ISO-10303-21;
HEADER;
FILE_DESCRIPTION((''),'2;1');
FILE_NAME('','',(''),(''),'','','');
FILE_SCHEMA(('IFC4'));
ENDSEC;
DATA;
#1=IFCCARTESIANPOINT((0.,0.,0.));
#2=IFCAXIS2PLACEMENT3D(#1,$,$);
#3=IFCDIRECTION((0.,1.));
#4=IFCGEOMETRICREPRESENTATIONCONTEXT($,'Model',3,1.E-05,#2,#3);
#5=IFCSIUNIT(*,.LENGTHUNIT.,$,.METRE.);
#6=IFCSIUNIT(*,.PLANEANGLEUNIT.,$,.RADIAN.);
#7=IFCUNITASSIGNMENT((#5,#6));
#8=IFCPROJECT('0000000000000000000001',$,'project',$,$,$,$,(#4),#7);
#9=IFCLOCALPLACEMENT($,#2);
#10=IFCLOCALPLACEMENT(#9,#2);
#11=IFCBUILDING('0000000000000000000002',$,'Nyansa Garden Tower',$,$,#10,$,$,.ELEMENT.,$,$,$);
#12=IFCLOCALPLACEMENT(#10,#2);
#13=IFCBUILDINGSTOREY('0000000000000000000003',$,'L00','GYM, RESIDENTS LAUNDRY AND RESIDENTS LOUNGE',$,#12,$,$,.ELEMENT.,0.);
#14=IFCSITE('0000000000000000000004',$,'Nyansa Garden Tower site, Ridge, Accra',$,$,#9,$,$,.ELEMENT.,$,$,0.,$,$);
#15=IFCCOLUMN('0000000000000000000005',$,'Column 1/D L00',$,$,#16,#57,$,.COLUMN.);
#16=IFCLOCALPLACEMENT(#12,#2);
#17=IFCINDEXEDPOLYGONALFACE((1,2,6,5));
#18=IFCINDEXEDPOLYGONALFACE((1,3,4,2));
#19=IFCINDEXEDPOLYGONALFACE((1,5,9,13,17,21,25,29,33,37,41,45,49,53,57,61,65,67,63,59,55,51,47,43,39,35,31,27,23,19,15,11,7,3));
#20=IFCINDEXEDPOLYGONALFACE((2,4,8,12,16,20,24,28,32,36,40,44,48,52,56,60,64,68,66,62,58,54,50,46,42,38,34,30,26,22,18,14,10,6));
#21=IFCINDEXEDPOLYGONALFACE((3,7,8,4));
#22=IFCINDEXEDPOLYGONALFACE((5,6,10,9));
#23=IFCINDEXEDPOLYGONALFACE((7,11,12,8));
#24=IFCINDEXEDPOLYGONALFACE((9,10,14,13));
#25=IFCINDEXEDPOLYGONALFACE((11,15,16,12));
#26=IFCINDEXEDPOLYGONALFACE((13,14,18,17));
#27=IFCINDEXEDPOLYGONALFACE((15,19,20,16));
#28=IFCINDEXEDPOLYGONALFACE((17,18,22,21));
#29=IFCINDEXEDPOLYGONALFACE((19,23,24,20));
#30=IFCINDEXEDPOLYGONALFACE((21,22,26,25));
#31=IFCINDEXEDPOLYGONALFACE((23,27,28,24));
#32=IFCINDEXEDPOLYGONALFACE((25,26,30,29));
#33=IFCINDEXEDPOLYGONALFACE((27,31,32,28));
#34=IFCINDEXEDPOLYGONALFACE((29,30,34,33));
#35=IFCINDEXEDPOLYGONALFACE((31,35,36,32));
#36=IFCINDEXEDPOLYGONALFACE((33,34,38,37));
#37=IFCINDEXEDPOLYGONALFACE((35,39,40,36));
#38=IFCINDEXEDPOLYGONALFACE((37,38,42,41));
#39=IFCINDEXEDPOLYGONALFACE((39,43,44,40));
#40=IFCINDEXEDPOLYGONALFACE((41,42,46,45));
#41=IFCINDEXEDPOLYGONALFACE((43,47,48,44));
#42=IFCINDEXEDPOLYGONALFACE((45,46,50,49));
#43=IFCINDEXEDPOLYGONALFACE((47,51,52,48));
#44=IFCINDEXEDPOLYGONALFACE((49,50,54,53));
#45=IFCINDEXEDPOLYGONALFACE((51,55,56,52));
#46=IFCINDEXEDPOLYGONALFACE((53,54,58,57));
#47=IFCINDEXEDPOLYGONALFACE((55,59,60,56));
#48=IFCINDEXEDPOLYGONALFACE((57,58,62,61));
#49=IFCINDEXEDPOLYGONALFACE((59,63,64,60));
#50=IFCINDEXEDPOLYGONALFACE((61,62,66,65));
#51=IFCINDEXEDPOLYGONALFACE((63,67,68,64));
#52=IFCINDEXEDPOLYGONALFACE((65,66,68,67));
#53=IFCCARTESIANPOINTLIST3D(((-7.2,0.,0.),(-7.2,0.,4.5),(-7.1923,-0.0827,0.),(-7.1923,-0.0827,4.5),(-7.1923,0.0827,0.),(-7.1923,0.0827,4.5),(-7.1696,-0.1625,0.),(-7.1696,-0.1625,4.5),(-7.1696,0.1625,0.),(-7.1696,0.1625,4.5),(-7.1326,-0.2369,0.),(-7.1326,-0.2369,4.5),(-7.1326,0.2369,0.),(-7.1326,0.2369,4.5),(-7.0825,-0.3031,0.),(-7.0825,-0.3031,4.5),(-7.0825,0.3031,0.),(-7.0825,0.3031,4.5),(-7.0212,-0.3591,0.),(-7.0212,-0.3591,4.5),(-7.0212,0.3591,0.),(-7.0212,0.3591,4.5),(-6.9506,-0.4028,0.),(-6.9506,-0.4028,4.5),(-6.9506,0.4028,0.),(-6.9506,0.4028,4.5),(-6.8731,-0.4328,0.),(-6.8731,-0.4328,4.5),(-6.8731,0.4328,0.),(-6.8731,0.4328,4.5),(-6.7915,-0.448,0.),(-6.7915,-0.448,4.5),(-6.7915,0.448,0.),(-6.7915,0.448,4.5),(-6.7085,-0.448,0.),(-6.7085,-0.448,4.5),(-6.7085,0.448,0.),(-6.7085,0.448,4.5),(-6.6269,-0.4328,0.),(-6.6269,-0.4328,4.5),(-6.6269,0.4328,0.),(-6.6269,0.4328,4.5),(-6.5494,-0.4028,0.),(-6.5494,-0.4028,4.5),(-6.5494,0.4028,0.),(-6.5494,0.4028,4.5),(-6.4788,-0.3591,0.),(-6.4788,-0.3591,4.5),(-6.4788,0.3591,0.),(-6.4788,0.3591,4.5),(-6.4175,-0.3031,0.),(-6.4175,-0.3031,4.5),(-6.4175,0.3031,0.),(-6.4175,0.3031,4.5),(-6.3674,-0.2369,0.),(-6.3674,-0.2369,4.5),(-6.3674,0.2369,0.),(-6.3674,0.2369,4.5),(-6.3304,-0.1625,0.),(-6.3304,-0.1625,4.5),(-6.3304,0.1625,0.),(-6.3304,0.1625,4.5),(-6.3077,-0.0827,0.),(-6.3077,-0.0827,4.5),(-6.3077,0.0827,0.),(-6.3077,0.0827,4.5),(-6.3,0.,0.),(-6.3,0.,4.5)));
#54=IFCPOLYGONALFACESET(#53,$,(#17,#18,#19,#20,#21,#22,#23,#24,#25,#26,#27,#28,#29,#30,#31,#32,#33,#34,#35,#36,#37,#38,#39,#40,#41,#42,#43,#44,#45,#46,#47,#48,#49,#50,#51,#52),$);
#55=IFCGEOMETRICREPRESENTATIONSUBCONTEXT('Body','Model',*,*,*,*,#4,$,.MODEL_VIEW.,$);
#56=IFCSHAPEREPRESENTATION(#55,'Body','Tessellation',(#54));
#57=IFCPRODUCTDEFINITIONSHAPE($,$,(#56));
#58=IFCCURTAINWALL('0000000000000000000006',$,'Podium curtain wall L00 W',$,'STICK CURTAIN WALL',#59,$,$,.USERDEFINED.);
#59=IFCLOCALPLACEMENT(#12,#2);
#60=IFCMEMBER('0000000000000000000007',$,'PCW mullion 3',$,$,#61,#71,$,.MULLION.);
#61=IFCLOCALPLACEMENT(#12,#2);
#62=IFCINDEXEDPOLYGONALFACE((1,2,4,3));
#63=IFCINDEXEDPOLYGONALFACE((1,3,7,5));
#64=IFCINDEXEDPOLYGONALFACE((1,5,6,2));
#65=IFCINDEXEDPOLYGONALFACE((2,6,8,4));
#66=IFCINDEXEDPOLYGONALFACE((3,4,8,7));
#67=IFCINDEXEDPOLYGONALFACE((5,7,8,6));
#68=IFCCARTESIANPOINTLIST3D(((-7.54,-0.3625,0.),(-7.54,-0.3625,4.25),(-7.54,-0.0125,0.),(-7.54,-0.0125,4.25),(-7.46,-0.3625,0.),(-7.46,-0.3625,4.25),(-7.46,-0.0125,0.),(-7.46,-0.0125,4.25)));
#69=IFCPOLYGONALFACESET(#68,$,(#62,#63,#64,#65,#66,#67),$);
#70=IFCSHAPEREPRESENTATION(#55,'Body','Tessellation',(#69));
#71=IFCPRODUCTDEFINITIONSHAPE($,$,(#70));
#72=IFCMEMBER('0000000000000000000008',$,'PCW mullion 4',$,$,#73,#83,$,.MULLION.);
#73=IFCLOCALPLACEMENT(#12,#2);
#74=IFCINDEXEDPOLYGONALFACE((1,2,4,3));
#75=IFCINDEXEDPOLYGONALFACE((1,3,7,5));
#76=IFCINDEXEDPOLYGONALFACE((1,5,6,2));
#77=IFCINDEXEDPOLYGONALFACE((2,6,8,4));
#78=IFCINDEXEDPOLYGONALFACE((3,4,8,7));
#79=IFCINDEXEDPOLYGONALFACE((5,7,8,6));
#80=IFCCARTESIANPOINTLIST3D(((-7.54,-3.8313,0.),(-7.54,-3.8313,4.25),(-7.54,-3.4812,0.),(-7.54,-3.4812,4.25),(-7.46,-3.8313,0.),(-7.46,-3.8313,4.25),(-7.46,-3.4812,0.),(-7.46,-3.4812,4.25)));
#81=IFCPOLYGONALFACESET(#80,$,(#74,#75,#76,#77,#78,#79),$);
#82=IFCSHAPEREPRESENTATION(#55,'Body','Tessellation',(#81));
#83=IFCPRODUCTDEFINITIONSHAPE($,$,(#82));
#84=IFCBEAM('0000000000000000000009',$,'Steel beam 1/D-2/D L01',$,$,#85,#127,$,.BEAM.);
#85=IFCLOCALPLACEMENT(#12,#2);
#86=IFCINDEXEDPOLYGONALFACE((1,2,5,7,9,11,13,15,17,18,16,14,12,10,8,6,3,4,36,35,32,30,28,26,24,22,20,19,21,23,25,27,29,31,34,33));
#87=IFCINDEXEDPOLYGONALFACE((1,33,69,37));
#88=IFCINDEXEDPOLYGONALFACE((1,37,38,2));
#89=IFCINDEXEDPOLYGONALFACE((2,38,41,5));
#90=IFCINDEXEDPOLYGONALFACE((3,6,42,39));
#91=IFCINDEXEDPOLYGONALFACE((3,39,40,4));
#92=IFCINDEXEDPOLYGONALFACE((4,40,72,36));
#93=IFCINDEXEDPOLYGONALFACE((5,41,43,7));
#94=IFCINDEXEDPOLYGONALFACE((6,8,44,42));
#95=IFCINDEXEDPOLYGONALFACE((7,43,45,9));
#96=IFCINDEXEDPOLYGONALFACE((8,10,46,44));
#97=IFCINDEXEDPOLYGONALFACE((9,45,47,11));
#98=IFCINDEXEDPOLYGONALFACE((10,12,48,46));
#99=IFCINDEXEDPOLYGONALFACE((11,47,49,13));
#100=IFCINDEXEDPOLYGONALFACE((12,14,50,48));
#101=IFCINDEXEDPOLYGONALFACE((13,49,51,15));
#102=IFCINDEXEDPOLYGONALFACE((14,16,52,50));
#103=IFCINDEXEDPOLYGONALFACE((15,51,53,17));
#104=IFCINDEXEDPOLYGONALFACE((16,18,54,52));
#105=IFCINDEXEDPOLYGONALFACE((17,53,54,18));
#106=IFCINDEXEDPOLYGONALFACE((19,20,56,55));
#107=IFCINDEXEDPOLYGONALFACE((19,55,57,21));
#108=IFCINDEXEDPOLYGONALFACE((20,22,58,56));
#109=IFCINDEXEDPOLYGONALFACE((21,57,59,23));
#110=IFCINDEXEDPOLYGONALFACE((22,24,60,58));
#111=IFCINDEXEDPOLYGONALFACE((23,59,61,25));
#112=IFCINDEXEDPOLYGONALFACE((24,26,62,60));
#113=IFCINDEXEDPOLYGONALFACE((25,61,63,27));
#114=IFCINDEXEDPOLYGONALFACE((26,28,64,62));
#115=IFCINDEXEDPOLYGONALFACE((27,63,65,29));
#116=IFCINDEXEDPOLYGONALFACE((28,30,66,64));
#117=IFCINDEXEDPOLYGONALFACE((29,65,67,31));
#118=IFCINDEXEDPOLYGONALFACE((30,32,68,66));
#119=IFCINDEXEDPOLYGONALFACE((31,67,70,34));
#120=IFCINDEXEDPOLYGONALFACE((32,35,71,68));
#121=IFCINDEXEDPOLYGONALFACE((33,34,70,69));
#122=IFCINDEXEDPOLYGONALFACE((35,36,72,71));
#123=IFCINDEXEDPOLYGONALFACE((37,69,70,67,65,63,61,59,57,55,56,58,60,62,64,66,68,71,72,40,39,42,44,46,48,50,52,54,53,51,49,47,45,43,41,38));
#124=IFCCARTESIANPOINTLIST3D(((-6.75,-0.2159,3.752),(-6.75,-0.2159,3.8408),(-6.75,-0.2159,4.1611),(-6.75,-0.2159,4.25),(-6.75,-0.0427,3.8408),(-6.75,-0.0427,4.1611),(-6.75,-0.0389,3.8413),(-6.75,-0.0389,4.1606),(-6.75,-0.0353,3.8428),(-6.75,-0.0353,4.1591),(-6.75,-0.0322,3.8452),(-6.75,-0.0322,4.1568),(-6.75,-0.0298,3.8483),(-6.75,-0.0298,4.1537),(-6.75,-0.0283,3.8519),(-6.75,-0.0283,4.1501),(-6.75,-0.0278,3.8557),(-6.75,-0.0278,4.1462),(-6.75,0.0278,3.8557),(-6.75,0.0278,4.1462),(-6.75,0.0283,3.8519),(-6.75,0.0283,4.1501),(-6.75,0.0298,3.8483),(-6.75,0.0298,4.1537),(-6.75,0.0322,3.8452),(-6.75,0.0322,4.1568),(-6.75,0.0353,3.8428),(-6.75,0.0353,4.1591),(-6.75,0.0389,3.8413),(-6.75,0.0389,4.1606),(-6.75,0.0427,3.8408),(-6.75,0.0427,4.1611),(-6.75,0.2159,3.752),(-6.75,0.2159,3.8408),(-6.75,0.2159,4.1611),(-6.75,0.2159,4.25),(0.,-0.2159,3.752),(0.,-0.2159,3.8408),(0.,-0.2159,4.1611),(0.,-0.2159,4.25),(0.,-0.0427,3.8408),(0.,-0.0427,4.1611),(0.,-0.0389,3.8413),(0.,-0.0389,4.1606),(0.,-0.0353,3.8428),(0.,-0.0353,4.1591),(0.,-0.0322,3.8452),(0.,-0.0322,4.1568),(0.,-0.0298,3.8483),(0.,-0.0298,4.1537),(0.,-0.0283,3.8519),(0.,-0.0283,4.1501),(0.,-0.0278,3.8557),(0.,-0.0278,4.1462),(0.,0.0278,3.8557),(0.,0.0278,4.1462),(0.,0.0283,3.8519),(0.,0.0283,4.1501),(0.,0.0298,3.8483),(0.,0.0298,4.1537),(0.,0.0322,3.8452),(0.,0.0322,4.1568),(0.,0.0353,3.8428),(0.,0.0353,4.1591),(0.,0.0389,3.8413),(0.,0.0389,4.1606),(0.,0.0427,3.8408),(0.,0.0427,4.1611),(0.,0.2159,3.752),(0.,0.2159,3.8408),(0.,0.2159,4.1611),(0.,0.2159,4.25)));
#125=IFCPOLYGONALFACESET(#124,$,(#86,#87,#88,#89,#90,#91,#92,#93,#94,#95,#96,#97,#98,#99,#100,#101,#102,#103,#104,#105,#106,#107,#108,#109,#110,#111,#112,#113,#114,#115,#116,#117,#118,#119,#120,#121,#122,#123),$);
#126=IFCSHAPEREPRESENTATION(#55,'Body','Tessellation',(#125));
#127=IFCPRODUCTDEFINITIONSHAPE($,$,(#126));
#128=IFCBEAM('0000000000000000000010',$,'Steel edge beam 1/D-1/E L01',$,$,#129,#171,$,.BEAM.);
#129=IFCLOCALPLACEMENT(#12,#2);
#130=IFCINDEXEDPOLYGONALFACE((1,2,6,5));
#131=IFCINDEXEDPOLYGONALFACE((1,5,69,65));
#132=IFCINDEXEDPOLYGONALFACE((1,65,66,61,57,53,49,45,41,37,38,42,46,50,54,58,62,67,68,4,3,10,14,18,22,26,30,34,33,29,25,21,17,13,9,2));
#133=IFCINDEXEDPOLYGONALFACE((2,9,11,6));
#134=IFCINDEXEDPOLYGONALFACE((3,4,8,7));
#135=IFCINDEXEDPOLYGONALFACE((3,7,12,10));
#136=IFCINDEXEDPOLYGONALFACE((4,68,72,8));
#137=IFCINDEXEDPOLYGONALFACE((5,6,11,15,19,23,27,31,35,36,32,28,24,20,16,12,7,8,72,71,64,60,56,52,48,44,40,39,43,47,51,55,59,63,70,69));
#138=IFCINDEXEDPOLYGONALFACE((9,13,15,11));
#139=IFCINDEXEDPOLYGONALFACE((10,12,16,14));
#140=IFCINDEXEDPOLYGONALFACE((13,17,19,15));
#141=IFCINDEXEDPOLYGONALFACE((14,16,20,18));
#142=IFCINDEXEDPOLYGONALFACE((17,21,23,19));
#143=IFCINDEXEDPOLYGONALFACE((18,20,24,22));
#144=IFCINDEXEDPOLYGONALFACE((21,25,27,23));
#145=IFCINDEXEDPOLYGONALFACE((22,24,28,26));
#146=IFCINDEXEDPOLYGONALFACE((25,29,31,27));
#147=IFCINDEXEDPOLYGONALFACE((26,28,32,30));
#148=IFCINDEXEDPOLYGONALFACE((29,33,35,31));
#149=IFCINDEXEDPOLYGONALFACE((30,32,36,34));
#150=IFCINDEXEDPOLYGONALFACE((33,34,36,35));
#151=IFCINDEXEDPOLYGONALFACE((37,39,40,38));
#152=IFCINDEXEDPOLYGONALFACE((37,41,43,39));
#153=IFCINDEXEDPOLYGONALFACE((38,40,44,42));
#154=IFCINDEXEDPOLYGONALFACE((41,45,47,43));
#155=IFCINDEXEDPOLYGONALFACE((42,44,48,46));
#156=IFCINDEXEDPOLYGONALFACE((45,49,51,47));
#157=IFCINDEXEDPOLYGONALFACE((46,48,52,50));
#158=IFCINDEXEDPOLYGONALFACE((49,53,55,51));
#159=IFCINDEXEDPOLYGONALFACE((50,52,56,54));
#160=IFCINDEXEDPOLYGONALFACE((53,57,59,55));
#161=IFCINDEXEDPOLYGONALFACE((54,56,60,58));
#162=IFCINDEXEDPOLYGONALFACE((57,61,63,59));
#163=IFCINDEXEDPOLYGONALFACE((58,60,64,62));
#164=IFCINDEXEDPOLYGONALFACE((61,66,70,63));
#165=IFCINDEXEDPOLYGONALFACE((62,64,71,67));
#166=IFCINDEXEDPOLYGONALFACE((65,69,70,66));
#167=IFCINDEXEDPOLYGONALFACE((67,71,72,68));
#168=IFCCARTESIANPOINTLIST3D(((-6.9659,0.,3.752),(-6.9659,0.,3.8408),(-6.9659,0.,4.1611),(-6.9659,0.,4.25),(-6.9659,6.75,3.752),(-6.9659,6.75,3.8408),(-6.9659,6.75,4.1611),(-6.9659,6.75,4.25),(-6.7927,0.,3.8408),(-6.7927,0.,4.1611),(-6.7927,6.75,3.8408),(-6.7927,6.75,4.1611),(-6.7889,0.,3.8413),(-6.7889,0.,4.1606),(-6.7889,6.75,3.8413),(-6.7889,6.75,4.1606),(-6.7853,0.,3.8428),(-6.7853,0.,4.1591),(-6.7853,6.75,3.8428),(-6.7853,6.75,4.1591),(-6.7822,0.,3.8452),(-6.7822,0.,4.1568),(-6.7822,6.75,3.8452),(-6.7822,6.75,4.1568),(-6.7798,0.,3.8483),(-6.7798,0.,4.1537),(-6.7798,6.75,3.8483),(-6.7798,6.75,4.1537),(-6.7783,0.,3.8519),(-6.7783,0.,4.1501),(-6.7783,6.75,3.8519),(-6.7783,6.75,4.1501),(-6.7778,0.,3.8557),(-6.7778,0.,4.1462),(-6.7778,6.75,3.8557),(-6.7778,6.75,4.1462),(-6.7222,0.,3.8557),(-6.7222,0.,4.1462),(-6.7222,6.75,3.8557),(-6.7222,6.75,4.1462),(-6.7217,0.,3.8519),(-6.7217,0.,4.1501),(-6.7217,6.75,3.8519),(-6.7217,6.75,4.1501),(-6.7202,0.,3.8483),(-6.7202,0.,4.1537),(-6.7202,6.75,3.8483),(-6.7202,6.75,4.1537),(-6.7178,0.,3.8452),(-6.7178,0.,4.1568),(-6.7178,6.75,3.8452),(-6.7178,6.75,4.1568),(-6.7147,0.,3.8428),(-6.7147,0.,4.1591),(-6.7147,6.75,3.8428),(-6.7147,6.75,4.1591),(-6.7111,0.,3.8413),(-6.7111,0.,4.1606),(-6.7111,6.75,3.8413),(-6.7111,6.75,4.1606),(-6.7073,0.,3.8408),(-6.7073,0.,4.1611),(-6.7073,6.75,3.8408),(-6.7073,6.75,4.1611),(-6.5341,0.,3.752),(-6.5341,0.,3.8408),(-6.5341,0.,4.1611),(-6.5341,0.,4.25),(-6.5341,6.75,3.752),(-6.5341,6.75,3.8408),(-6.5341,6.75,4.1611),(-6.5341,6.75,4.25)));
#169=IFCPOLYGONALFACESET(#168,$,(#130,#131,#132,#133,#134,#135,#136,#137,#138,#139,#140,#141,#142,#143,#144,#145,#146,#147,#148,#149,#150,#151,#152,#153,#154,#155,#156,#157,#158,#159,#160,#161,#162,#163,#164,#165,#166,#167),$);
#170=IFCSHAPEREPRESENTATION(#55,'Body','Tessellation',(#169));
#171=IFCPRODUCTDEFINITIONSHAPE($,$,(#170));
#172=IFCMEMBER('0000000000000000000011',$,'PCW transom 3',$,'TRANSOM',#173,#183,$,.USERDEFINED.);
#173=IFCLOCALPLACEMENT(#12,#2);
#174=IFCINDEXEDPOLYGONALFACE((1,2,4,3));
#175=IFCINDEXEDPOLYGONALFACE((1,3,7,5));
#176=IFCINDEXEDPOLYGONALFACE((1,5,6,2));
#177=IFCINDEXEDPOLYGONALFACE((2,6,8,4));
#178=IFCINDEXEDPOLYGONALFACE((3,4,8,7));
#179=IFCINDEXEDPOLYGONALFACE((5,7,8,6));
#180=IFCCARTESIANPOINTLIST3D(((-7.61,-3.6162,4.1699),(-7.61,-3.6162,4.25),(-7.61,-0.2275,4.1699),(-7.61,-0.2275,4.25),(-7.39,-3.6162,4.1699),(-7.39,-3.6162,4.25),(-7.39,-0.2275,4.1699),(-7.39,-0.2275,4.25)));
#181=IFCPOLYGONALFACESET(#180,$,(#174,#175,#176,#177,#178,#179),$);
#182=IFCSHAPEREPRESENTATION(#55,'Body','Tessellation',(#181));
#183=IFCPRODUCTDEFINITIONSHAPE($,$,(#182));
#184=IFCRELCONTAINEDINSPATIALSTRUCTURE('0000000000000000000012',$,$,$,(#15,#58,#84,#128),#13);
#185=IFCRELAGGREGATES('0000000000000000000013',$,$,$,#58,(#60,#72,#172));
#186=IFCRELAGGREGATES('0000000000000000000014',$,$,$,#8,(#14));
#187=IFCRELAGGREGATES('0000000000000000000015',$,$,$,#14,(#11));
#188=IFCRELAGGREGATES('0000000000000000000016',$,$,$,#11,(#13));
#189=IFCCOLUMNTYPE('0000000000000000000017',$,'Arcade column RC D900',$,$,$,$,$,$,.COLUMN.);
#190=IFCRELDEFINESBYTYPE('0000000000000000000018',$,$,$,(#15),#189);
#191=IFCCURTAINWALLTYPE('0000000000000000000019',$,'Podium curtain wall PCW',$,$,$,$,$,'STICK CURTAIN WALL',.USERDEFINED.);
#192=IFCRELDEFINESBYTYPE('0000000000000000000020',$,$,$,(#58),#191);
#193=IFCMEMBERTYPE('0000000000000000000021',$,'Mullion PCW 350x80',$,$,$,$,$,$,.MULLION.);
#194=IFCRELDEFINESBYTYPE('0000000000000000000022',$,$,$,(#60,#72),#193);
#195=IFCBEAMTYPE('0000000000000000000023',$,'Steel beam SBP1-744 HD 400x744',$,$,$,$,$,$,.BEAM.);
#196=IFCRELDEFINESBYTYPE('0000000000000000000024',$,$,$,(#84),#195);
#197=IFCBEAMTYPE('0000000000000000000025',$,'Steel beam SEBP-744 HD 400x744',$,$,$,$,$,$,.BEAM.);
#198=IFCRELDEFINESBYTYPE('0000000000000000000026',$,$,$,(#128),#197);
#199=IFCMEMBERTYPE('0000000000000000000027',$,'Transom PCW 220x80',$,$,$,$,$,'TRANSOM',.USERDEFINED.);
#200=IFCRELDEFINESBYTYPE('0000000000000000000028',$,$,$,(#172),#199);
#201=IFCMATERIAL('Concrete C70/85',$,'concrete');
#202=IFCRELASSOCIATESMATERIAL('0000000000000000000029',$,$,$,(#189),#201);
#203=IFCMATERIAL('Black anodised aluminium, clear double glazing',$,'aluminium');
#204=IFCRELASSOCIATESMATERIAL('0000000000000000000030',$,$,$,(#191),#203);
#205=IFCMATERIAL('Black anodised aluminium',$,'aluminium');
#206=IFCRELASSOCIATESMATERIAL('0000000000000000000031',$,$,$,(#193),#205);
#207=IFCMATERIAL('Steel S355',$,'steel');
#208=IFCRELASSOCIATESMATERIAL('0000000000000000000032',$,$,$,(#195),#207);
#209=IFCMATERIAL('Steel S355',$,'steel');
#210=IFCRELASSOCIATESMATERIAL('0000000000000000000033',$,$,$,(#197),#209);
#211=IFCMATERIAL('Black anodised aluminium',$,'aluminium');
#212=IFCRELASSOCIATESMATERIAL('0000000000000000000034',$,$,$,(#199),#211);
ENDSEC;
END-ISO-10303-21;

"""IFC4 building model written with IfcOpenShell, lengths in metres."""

from ifc_helpers import new_model, si_unit, direction, frame, origin, origin_2d, place, context, subcontext, project, spatial, rectangle, circle, i_section, extrude, material, material_profile, profile_set, type_object, element, aggregate, save


model = new_model("IFC4")

# Units and contexts
model_context = context("Model", 3, precision=1e-05, world=origin(), true_north=direction((0.0, 1.0)))
body_context = subcontext(model_context, "Body", "Model", "MODEL_VIEW")
ifc_project = project(units=[si_unit("LENGTHUNIT", "METRE"), si_unit("PLANEANGLEUNIT", "RADIAN")], contexts=[model_context])

# Site, building, storey
site_placement = place(None, origin())
site = spatial("IfcSite", under=ifc_project, at=site_placement, Name="Nyansa Garden Tower site, Ridge, Accra", CompositionType="ELEMENT", RefElevation=0.0)
building_placement = place(site_placement, origin())
building = spatial("IfcBuilding", under=site, at=building_placement, Name="Nyansa Garden Tower", CompositionType="ELEMENT")
storey_placement = place(building_placement, origin())
storey = spatial("IfcBuildingStorey", under=building, at=storey_placement, Name="L00", Description="GYM, RESIDENTS LAUNDRY AND RESIDENTS LOUNGE", CompositionType="ELEMENT", Elevation=0.0)

# Column
ifc_material_1 = material(Name="Concrete C70/85", Category="concrete")
ifc_material_profile_1 = material_profile(ifc_material_1, circle(Radius=0.45, at=origin_2d()), Name="RC D900")
ifc_profile_set_1 = profile_set([ifc_material_profile_1], Name="Concrete C70/85")
column_type = type_object("IfcColumnType", Name="Arcade column RC D900", PredefinedType="COLUMN", material=ifc_profile_set_1)
column_placement = place(storey_placement, frame((-6.75, 0.0, 0.0), z_axis=(0.0, 0.0, 1.0), x_axis=(1.0, 0.0, 0.0)))
element("IfcColumn", 1, at=column_placement, inside=storey, type_object=column_type, Name="Column 1/D L00", PredefinedType="COLUMN", context=body_context, shape_type="SweptSolid", body=[
    extrude(circle(Radius=0.45, at=origin_2d()), origin(), (0.0, 0.0, 1.0), 4.5),
])

# Curtain wall, members
ifc_material_2 = material(Name="Black anodised aluminium, clear double glazing", Category="aluminium")
curtain_wall_type = type_object("IfcCurtainWallType", Name="Podium curtain wall PCW", ElementType="STICK CURTAIN WALL", PredefinedType="USERDEFINED", material=ifc_material_2)
curtain_wall_placement = place(storey_placement, origin())
curtain_wall = element("IfcCurtainWall", 2, at=curtain_wall_placement, inside=storey, type_object=curtain_wall_type, Name="Podium curtain wall L00 W", ObjectType="STICK CURTAIN WALL", PredefinedType="USERDEFINED")
ifc_material_3 = material(Name="Black anodised aluminium", Category="aluminium")
ifc_material_profile_2 = material_profile(ifc_material_3, rectangle(XDim=0.0801, YDim=0.3501, at=origin_2d()), Name="Mullion 350x80")
ifc_profile_set_2 = profile_set([ifc_material_profile_2], Name="Black anodised aluminium")
member_type_1 = type_object("IfcMemberType", Name="Mullion PCW 350x80", PredefinedType="MULLION", material=ifc_profile_set_2)
member_1_placement = place(storey_placement, frame((-7.5, -0.1875, 0.0), z_axis=(0.0, 0.0, 1.0), x_axis=(1.0, 0.0, 0.0)))
member_1 = element("IfcMember", 3, at=member_1_placement, type_object=member_type_1, Name="PCW mullion 3", PredefinedType="MULLION", context=body_context, shape_type="SweptSolid", body=[
    extrude(rectangle(XDim=0.0801, YDim=0.3501, at=origin_2d()), origin(), (0.0, 0.0, 1.0), 4.25),
])
member_2_placement = place(storey_placement, frame((-7.5, -3.6562, 0.0), z_axis=(0.0, 0.0, 1.0), x_axis=(1.0, 0.0, 0.0)))
member_2 = element("IfcMember", 4, at=member_2_placement, type_object=member_type_1, Name="PCW mullion 4", PredefinedType="MULLION", context=body_context, shape_type="SweptSolid", body=[
    extrude(rectangle(XDim=0.0801, YDim=0.3501, at=origin_2d()), origin(), (0.0, 0.0, 1.0), 4.25),
])

# Beams
ifc_material_4 = material(Name="Steel S355", Category="steel")
ifc_material_profile_3 = material_profile(ifc_material_4, i_section(OverallWidth=0.4319, OverallDepth=0.498, WebThickness=0.0557, FlangeThickness=0.0889, FilletRadius=0.0149, at=origin_2d()), Name="HD 400x744")
ifc_profile_set_3 = profile_set([ifc_material_profile_3], Name="Steel S355")
beam_type_1 = type_object("IfcBeamType", Name="Steel beam SBP1-744 HD 400x744", PredefinedType="BEAM", material=ifc_profile_set_3)
beam_1_placement = place(storey_placement, frame((-6.75, 0.0, 4.001), z_axis=(1.0, 0.0, 0.0), x_axis=(0.0, 1.0, 0.0)))
element("IfcBeam", 5, at=beam_1_placement, inside=storey, type_object=beam_type_1, Name="Steel beam 1/D-2/D L01", PredefinedType="BEAM", context=body_context, shape_type="SweptSolid", body=[
    extrude(i_section(OverallWidth=0.4319, OverallDepth=0.498, WebThickness=0.0557, FlangeThickness=0.0889, FilletRadius=0.0149, at=origin_2d()), origin(), (0.0, 0.0, 1.0), 6.75),
])
ifc_material_5 = material(Name="Steel S355", Category="steel")
ifc_material_profile_4 = material_profile(ifc_material_5, i_section(OverallWidth=0.4319, OverallDepth=0.498, WebThickness=0.0557, FlangeThickness=0.0889, FilletRadius=0.0149, at=origin_2d()), Name="HD 400x744")
ifc_profile_set_4 = profile_set([ifc_material_profile_4], Name="Steel S355")
beam_type_2 = type_object("IfcBeamType", Name="Steel beam SEBP-744 HD 400x744", PredefinedType="BEAM", material=ifc_profile_set_4)
beam_2_placement = place(storey_placement, frame((-6.75, 0.0, 4.001), z_axis=(0.0, 1.0, 0.0), x_axis=(-1.0, 0.0, 0.0)))
element("IfcBeam", 6, at=beam_2_placement, inside=storey, type_object=beam_type_2, Name="Steel edge beam 1/D-1/E L01", PredefinedType="BEAM", context=body_context, shape_type="SweptSolid", body=[
    extrude(i_section(OverallWidth=0.4319, OverallDepth=0.498, WebThickness=0.0557, FlangeThickness=0.0889, FilletRadius=0.0149, at=origin_2d()), origin(), (0.0, 0.0, 1.0), 6.75),
])

# Member
ifc_material_6 = material(Name="Black anodised aluminium", Category="aluminium")
ifc_material_profile_5 = material_profile(ifc_material_6, rectangle(XDim=0.22, YDim=0.0801, at=origin_2d()), Name="Transom 220x80")
ifc_profile_set_5 = profile_set([ifc_material_profile_5], Name="Black anodised aluminium")
member_type_2 = type_object("IfcMemberType", Name="Transom PCW 220x80", ElementType="TRANSOM", PredefinedType="USERDEFINED", material=ifc_profile_set_5)
member_3_placement = place(storey_placement, frame((-7.5, -0.2275, 4.21), z_axis=(0.0, -1.0, 0.0), x_axis=(1.0, 0.0, 0.0)))
member_3 = element("IfcMember", 7, at=member_3_placement, type_object=member_type_2, Name="PCW transom 3", ObjectType="TRANSOM", PredefinedType="USERDEFINED", context=body_context, shape_type="SweptSolid", body=[
    extrude(rectangle(XDim=0.22, YDim=0.0801, at=origin_2d()), origin(), (0.0, 0.0, 1.0), 3.3887),
])

aggregate(curtain_wall, [member_1, member_2, member_3])

save(model, "model.ifc")
